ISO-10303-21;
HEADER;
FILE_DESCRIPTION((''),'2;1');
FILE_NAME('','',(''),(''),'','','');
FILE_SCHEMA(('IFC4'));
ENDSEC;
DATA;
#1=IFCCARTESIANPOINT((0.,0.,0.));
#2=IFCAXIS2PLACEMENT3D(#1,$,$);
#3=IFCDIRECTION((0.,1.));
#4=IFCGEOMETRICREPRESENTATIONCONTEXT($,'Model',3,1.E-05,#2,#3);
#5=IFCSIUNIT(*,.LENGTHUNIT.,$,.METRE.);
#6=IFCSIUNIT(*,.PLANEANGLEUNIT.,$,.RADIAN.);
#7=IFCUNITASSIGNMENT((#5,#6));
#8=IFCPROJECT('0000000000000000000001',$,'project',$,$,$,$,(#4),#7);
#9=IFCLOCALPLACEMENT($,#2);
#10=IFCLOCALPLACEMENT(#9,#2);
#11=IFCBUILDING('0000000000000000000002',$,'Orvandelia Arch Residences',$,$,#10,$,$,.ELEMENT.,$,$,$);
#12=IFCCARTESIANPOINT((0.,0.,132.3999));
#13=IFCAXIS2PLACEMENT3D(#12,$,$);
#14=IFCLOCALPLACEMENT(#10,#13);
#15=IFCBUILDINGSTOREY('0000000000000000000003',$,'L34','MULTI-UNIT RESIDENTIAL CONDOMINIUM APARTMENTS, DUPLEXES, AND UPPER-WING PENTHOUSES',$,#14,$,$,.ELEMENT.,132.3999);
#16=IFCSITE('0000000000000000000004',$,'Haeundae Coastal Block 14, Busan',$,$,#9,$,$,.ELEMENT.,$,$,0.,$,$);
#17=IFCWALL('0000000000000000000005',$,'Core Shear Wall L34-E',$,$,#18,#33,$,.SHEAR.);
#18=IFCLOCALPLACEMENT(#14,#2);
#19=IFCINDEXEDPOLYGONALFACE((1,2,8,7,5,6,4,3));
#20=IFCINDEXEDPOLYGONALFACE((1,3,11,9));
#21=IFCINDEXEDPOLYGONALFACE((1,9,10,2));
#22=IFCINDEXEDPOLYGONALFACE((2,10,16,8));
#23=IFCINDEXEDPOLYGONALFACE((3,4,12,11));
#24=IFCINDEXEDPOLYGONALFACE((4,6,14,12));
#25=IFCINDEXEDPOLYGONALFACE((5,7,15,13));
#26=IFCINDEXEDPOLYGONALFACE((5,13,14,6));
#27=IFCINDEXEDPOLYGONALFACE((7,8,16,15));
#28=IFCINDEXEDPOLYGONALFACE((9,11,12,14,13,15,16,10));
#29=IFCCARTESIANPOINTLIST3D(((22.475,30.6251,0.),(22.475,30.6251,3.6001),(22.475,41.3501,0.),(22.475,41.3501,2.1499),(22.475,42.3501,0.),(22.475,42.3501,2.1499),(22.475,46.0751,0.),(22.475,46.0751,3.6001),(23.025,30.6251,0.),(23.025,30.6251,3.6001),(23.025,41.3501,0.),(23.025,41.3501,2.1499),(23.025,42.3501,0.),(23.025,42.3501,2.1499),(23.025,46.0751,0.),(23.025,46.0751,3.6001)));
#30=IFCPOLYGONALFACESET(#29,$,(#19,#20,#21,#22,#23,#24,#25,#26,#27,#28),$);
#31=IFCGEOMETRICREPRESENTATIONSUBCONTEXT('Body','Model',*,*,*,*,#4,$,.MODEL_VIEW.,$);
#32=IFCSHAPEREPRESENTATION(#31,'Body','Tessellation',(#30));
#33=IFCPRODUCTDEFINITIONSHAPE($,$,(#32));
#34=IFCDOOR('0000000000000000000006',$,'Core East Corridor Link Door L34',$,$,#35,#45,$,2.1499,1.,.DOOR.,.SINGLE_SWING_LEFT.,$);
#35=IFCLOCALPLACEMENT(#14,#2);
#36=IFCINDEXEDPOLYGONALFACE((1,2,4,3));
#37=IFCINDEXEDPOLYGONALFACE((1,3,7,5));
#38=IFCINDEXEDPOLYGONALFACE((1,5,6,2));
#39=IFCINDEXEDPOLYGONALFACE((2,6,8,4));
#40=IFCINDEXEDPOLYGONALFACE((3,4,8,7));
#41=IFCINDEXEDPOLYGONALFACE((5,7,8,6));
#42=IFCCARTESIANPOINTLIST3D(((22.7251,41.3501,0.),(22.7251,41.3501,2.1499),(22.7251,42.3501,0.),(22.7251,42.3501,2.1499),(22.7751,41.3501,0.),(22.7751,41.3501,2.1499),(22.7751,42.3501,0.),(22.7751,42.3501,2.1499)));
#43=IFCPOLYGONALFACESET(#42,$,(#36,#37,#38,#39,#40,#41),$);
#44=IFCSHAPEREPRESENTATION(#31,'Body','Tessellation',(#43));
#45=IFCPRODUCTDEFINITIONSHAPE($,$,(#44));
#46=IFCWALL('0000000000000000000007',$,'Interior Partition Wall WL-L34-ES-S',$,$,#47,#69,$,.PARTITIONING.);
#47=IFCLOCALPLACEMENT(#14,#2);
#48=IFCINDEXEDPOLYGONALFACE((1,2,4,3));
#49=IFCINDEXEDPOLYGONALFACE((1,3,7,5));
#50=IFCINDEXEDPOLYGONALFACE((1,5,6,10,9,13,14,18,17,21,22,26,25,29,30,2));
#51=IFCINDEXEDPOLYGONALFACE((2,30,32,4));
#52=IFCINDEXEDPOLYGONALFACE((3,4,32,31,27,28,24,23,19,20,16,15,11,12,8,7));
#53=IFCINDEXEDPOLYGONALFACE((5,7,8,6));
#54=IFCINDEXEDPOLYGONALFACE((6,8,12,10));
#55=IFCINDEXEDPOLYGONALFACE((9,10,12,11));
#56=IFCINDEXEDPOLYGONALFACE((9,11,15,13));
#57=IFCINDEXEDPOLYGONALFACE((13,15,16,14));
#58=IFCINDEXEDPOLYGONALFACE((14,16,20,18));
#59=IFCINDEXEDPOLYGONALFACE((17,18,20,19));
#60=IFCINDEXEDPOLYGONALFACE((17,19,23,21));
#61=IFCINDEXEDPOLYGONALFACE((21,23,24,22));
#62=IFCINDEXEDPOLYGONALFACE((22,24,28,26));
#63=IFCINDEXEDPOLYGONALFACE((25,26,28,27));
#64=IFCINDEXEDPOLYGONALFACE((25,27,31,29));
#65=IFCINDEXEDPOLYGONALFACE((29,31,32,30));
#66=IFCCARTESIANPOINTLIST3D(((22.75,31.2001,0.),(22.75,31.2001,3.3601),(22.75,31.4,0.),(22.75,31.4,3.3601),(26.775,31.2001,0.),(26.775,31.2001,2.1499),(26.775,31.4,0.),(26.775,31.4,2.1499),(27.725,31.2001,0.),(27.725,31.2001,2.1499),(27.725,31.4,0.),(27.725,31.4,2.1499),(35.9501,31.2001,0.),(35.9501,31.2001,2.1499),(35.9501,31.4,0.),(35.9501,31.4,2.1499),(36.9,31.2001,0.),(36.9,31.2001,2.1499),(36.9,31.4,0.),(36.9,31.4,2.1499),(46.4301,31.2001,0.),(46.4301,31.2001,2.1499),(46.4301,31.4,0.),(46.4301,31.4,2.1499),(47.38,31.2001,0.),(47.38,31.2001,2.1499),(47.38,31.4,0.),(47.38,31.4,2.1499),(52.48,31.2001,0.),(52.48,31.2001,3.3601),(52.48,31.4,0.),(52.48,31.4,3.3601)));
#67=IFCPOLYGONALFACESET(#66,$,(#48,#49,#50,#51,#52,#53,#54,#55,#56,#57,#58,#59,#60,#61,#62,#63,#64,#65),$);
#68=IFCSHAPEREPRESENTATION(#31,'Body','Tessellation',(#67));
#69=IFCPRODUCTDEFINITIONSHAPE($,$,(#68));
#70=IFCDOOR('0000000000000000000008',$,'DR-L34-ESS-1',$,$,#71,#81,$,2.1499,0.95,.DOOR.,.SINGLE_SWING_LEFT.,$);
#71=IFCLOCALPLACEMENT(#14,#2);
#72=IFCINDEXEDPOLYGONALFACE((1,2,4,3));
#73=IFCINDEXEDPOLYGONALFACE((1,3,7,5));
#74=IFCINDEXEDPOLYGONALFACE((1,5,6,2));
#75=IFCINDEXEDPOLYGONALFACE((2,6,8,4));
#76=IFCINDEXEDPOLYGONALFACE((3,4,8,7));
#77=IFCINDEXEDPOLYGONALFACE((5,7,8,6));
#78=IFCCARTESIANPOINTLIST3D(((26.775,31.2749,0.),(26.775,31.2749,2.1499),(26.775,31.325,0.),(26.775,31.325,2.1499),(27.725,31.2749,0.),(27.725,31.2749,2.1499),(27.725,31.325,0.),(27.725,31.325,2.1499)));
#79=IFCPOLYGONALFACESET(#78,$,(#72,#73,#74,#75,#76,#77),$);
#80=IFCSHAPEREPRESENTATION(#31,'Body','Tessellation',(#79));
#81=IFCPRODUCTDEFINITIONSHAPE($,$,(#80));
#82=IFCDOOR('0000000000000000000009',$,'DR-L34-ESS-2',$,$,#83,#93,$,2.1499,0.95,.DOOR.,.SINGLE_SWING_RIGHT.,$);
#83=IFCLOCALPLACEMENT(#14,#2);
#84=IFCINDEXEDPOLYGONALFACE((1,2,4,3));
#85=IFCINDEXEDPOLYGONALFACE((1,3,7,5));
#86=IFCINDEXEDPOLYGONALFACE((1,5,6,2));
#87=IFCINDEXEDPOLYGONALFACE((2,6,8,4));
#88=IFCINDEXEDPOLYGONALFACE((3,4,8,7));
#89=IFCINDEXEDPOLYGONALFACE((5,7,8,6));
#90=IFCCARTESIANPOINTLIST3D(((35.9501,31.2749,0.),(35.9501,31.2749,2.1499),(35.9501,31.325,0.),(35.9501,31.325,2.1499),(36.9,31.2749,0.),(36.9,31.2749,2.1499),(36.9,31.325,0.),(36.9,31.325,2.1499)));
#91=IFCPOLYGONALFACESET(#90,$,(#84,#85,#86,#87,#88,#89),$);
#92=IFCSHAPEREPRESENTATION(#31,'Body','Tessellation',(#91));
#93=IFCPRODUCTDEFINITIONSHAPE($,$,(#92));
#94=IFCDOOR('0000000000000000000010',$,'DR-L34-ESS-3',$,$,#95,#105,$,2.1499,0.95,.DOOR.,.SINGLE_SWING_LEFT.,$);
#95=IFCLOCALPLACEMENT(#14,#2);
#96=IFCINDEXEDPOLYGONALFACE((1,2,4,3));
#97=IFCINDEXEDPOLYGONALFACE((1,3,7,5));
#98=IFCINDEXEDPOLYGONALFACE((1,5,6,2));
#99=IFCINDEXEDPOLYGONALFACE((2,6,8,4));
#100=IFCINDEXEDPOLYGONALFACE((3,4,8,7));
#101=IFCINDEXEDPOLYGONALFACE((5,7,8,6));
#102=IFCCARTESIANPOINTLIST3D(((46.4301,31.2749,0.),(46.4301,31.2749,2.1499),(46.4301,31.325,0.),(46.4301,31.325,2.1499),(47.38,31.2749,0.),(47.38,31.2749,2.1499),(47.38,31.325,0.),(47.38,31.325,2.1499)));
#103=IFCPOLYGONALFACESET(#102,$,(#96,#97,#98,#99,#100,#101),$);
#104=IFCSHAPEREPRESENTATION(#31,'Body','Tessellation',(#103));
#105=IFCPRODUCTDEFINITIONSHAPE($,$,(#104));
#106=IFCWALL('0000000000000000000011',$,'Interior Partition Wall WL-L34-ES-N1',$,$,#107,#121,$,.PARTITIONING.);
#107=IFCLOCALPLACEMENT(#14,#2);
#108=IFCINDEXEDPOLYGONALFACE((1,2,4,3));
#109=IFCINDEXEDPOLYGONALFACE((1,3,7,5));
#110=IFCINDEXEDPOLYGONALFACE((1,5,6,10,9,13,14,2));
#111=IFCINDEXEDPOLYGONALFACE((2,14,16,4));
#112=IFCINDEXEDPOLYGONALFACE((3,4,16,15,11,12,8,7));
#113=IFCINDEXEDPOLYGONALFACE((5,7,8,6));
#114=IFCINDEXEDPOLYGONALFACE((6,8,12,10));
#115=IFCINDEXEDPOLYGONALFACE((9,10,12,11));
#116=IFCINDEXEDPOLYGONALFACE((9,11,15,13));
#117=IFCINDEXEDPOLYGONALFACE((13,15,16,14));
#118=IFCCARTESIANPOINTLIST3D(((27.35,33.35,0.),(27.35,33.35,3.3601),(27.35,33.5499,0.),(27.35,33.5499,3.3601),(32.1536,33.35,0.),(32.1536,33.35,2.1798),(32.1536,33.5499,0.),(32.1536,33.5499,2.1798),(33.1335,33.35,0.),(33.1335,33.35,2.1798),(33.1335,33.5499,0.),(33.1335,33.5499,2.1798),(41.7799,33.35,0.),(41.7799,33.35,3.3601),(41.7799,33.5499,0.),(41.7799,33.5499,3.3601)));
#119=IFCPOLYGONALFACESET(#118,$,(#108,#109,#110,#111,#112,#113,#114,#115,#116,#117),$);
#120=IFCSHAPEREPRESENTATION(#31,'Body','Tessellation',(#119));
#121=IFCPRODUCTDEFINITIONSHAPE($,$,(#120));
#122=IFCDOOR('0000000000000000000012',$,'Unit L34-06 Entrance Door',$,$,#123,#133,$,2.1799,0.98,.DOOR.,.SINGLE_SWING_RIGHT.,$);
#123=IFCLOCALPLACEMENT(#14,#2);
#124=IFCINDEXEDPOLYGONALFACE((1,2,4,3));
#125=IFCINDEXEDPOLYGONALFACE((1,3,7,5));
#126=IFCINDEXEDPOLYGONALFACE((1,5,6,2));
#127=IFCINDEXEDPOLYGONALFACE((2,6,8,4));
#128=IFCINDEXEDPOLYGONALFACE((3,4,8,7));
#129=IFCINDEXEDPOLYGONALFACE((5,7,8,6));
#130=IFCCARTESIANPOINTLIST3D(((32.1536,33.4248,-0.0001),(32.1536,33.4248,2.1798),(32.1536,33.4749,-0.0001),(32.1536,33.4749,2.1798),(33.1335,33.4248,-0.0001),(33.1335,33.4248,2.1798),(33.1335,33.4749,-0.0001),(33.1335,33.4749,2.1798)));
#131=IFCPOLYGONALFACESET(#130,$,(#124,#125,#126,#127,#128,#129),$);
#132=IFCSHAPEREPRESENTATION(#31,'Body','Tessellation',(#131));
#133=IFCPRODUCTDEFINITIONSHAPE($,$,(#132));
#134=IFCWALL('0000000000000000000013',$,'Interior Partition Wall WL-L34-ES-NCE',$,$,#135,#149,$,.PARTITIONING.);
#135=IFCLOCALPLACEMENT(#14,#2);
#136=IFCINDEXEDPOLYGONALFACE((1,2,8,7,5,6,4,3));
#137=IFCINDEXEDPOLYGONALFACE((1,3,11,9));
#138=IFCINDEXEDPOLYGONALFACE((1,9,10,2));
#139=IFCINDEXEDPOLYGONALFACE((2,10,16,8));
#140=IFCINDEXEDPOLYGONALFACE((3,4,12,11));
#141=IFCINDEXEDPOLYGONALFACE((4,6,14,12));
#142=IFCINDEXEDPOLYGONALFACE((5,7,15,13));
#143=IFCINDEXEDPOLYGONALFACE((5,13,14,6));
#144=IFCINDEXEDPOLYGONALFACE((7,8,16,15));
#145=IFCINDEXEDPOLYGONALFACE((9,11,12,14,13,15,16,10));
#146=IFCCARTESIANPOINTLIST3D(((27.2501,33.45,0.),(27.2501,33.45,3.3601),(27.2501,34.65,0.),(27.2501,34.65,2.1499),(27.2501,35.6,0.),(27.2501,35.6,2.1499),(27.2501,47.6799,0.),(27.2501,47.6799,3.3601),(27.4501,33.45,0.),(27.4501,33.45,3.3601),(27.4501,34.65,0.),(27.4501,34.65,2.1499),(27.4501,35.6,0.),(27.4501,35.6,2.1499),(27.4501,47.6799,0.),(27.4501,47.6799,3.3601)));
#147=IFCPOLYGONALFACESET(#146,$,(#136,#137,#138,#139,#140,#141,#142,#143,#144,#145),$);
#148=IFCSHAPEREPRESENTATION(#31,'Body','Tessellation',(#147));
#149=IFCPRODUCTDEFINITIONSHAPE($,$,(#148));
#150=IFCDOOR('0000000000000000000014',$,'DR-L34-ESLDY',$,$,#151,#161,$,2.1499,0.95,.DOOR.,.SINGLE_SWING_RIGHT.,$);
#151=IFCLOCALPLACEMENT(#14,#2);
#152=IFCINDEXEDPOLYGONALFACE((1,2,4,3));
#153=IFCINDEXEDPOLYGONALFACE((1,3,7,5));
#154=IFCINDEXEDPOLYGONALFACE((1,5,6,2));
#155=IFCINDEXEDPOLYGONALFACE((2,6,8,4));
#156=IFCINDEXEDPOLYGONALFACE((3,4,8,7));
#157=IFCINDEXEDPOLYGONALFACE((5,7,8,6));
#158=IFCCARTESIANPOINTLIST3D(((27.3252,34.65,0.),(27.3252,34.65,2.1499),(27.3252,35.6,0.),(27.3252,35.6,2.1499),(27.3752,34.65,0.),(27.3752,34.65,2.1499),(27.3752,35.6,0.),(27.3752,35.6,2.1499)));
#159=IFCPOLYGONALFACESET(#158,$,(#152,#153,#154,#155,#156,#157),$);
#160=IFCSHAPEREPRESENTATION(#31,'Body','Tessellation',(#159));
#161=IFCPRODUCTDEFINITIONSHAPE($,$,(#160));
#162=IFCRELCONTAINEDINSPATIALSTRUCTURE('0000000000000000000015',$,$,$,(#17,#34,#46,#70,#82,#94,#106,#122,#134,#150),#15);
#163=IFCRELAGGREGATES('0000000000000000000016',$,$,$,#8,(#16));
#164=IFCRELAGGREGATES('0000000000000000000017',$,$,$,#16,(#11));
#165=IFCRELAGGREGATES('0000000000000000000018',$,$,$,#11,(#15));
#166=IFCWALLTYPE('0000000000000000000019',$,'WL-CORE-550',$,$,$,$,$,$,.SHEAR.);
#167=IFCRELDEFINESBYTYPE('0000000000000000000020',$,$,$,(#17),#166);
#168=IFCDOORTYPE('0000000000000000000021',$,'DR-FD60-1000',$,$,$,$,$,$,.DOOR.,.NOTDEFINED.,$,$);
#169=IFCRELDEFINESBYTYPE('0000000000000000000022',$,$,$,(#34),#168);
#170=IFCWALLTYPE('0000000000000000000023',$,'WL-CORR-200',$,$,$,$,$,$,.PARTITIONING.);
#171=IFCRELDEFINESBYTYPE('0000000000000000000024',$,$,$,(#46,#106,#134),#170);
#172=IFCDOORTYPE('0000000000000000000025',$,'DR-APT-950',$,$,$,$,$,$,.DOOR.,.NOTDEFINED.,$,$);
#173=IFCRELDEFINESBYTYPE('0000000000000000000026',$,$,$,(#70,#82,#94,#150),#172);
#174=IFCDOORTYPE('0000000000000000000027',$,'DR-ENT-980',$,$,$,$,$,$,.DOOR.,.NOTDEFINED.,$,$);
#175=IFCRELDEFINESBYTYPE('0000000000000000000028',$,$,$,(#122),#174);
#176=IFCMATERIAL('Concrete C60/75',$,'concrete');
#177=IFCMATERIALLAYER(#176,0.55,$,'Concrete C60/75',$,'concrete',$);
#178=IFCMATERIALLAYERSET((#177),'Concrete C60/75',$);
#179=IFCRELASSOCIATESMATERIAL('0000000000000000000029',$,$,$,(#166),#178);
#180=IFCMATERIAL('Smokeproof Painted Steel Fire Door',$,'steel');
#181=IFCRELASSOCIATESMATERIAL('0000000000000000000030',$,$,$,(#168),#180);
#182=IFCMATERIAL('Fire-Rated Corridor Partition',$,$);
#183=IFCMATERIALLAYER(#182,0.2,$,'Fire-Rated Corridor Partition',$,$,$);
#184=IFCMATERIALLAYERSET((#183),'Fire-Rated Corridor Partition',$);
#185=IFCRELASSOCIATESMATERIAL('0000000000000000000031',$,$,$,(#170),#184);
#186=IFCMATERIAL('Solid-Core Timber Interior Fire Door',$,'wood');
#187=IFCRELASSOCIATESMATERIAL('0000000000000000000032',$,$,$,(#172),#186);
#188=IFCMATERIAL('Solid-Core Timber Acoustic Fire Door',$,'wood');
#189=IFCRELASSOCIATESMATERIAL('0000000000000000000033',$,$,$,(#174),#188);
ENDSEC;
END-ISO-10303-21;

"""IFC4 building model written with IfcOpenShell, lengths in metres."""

from ifc_helpers import new_model, si_unit, direction, frame, frame_2d, origin, place, context, subcontext, project, spatial, rectangle, extrude, material, layer, layer_set, type_object, element, fill, save


model = new_model("IFC4")

# Units and contexts
model_context = context("Model", 3, precision=1e-05, world=origin(), true_north=direction((0.0, 1.0)))
body_context = subcontext(model_context, "Body", "Model", "MODEL_VIEW")
ifc_project = project(units=[si_unit("LENGTHUNIT", "METRE"), si_unit("PLANEANGLEUNIT", "RADIAN")], contexts=[model_context])

# Site, building, storey
site_placement = place(None, origin())
site = spatial("IfcSite", under=ifc_project, at=site_placement, Name="Haeundae Coastal Block 14, Busan", CompositionType="ELEMENT", RefElevation=0.0)
building_placement = place(site_placement, origin())
building = spatial("IfcBuilding", under=site, at=building_placement, Name="Orvandelia Arch Residences", CompositionType="ELEMENT")
storey_placement = place(building_placement, frame((0.0, 0.0, 132.3999)))
storey = spatial("IfcBuildingStorey", under=building, at=storey_placement, Name="L34", Description="MULTI-UNIT RESIDENTIAL CONDOMINIUM APARTMENTS, DUPLEXES, AND UPPER-WING PENTHOUSES", CompositionType="ELEMENT", Elevation=132.3999)

# Shared definitions
ifc_material_1 = material(Name="Concrete C60/75", Category="concrete")

# Wall, opening, door
ifc_layer_1 = layer(ifc_material_1, 0.55, Name="Concrete C60/75", Category="concrete")
ifc_layer_set_1 = layer_set([ifc_layer_1], Name="Concrete C60/75")
wall_type_1 = type_object("IfcWallType", Name="WL-CORE-550", PredefinedType="SHEAR", material=ifc_layer_set_1)
wall_1_placement = place(storey_placement, frame((22.75, 30.625, 0.0), z_axis=(0.0, 0.0, 1.0), x_axis=(0.0, 1.0, 0.0)))
wall_1 = element("IfcWall", 1, at=wall_1_placement, inside=storey, type_object=wall_type_1, Name="Core Shear Wall L34-E", PredefinedType="SHEAR", context=body_context, shape_type="SweptSolid", body=[
    extrude(rectangle(XDim=15.45, YDim=0.55, at=frame_2d((7.7251, 0.0))), origin(), (0.0, 0.0, 1.0), 3.6001),
])
opening_1_placement = place(wall_1_placement, frame((10.7251, 0.0, 0.0)))
opening_1 = element("IfcOpeningElement", 2, at=opening_1_placement, cuts=wall_1, PredefinedType="OPENING", context=body_context, shape_type="SweptSolid", body=[
    extrude(rectangle(XDim=1.0, YDim=2.1499, at=frame_2d((0.5, 1.075))), frame((0.0, 0.2852, 0.0), z_axis=(0.0, -1.0, 0.0), x_axis=(1.0, 0.0, 0.0)), (0.0, 0.0, 1.0), 0.5701),
])
ifc_material_2 = material(Name="Smokeproof Painted Steel Fire Door", Category="steel")
door_type_1 = type_object("IfcDoorType", Name="DR-FD60-1000", OperationType="NOTDEFINED", PredefinedType="DOOR", material=ifc_material_2)
door_1_placement = place(opening_1_placement, origin())
door_1 = element("IfcDoor", 3, at=door_1_placement, inside=storey, type_object=door_type_1, Name="Core East Corridor Link Door L34", OperationType="SINGLE_SWING_LEFT", OverallHeight=2.1499, OverallWidth=1.0, PredefinedType="DOOR", context=body_context, shape_type="SweptSolid", body=[
    extrude(rectangle(XDim=1.0, YDim=2.1499, at=frame_2d((0.5, 1.075))), frame((0.0, 0.0249, 0.0), z_axis=(0.0, -1.0, 0.0), x_axis=(1.0, 0.0, 0.0)), (0.0, 0.0, 1.0), 0.05),
])
fill(opening_1, door_1)

# Wall, openings, doors
ifc_material_3 = material(Name="Fire-Rated Corridor Partition")
ifc_layer_2 = layer(ifc_material_3, 0.2, Name="Fire-Rated Corridor Partition")
ifc_layer_set_2 = layer_set([ifc_layer_2], Name="Fire-Rated Corridor Partition")
wall_type_2 = type_object("IfcWallType", Name="WL-CORR-200", PredefinedType="PARTITIONING", material=ifc_layer_set_2)
wall_2_placement = place(storey_placement, frame((22.75, 31.3, 0.0), z_axis=(0.0, 0.0, 1.0), x_axis=(1.0, 0.0, 0.0)))
wall_2 = element("IfcWall", 4, at=wall_2_placement, inside=storey, type_object=wall_type_2, Name="Interior Partition Wall WL-L34-ES-S", PredefinedType="PARTITIONING", context=body_context, shape_type="SweptSolid", body=[
    extrude(rectangle(XDim=29.73, YDim=0.2, at=frame_2d((14.865, 0.0))), origin(), (0.0, 0.0, 1.0), 3.3601),
])
opening_2_placement = place(wall_2_placement, frame((4.0249, 0.0, 0.0)))
opening_2 = element("IfcOpeningElement", 5, at=opening_2_placement, cuts=wall_2, PredefinedType="OPENING", context=body_context, shape_type="SweptSolid", body=[
    extrude(rectangle(XDim=0.95, YDim=2.1499, at=frame_2d((0.4751, 1.075))), frame((0.0, 0.1099, 0.0), z_axis=(0.0, -1.0, 0.0), x_axis=(1.0, 0.0, 0.0)), (0.0, 0.0, 1.0), 0.22),
])
opening_3_placement = place(wall_2_placement, frame((13.2, 0.0, 0.0)))
opening_3 = element("IfcOpeningElement", 6, at=opening_3_placement, cuts=wall_2, PredefinedType="OPENING", context=body_context, shape_type="SweptSolid", body=[
    extrude(rectangle(XDim=0.95, YDim=2.1499, at=frame_2d((0.4751, 1.075))), frame((0.0, 0.1099, 0.0), z_axis=(0.0, -1.0, 0.0), x_axis=(1.0, 0.0, 0.0)), (0.0, 0.0, 1.0), 0.22),
])
opening_4_placement = place(wall_2_placement, frame((23.6799, 0.0, 0.0)))
opening_4 = element("IfcOpeningElement", 7, at=opening_4_placement, cuts=wall_2, PredefinedType="OPENING", context=body_context, shape_type="SweptSolid", body=[
    extrude(rectangle(XDim=0.95, YDim=2.1499, at=frame_2d((0.4751, 1.075))), frame((0.0, 0.1099, 0.0), z_axis=(0.0, -1.0, 0.0), x_axis=(1.0, 0.0, 0.0)), (0.0, 0.0, 1.0), 0.22),
])
ifc_material_4 = material(Name="Solid-Core Timber Interior Fire Door", Category="wood")
door_type_2 = type_object("IfcDoorType", Name="DR-APT-950", OperationType="NOTDEFINED", PredefinedType="DOOR", material=ifc_material_4)
door_2_placement = place(opening_2_placement, origin())
door_2 = element("IfcDoor", 8, at=door_2_placement, inside=storey, type_object=door_type_2, Name="DR-L34-ESS-1", OperationType="SINGLE_SWING_LEFT", OverallHeight=2.1499, OverallWidth=0.95, PredefinedType="DOOR", context=body_context, shape_type="SweptSolid", body=[
    extrude(rectangle(XDim=0.95, YDim=2.1499, at=frame_2d((0.4751, 1.075))), frame((0.0, 0.0249, 0.0), z_axis=(0.0, -1.0, 0.0), x_axis=(1.0, 0.0, 0.0)), (0.0, 0.0, 1.0), 0.05),
])
fill(opening_2, door_2)
door_3_placement = place(opening_3_placement, origin())
door_3 = element("IfcDoor", 9, at=door_3_placement, inside=storey, type_object=door_type_2, Name="DR-L34-ESS-2", OperationType="SINGLE_SWING_RIGHT", OverallHeight=2.1499, OverallWidth=0.95, PredefinedType="DOOR", context=body_context, shape_type="SweptSolid", body=[
    extrude(rectangle(XDim=0.95, YDim=2.1499, at=frame_2d((0.4751, 1.075))), frame((0.0, 0.0249, 0.0), z_axis=(0.0, -1.0, 0.0), x_axis=(1.0, 0.0, 0.0)), (0.0, 0.0, 1.0), 0.05),
])
fill(opening_3, door_3)
door_4_placement = place(opening_4_placement, origin())
door_4 = element("IfcDoor", 10, at=door_4_placement, inside=storey, type_object=door_type_2, Name="DR-L34-ESS-3", OperationType="SINGLE_SWING_LEFT", OverallHeight=2.1499, OverallWidth=0.95, PredefinedType="DOOR", context=body_context, shape_type="SweptSolid", body=[
    extrude(rectangle(XDim=0.95, YDim=2.1499, at=frame_2d((0.4751, 1.075))), frame((0.0, 0.0249, 0.0), z_axis=(0.0, -1.0, 0.0), x_axis=(1.0, 0.0, 0.0)), (0.0, 0.0, 1.0), 0.05),
])
fill(opening_4, door_4)

# Walls, openings, doors
wall_3_placement = place(storey_placement, frame((27.3501, 33.45, 0.0), z_axis=(0.0, 0.0, 1.0), x_axis=(1.0, 0.0, 0.0)))
wall_3 = element("IfcWall", 11, at=wall_3_placement, inside=storey, type_object=wall_type_2, Name="Interior Partition Wall WL-L34-ES-N1", PredefinedType="PARTITIONING", context=body_context, shape_type="SweptSolid", body=[
    extrude(rectangle(XDim=14.4299, YDim=0.2, at=frame_2d((7.2148, 0.0))), origin(), (0.0, 0.0, 1.0), 3.3601),
])
opening_5_placement = place(wall_3_placement, frame((4.8035, 0.0, 0.0)))
opening_5 = element("IfcOpeningElement", 12, at=opening_5_placement, cuts=wall_3, PredefinedType="OPENING", context=body_context, shape_type="SweptSolid", body=[
    extrude(rectangle(XDim=0.98, YDim=2.1799, at=frame_2d((0.49, 1.0898))), frame((0.0, 0.1099, 0.0), z_axis=(0.0, -1.0, 0.0), x_axis=(1.0, 0.0, 0.0)), (0.0, 0.0, 1.0), 0.22),
])
ifc_material_5 = material(Name="Solid-Core Timber Acoustic Fire Door", Category="wood")
door_type_3 = type_object("IfcDoorType", Name="DR-ENT-980", OperationType="NOTDEFINED", PredefinedType="DOOR", material=ifc_material_5)
door_5_placement = place(opening_5_placement, origin())
door_5 = element("IfcDoor", 13, at=door_5_placement, inside=storey, type_object=door_type_3, Name="Unit L34-06 Entrance Door", OperationType="SINGLE_SWING_RIGHT", OverallHeight=2.1799, OverallWidth=0.98, PredefinedType="DOOR", context=body_context, shape_type="SweptSolid", body=[
    extrude(rectangle(XDim=0.98, YDim=2.1799, at=frame_2d((0.49, 1.0898))), frame((0.0, 0.0249, 0.0), z_axis=(0.0, -1.0, 0.0), x_axis=(1.0, 0.0, 0.0)), (0.0, 0.0, 1.0), 0.05),
])
fill(opening_5, door_5)
wall_4_placement = place(storey_placement, frame((27.3501, 33.45, 0.0), z_axis=(0.0, 0.0, 1.0), x_axis=(0.0, 1.0, 0.0)))
wall_4 = element("IfcWall", 14, at=wall_4_placement, inside=storey, type_object=wall_type_2, Name="Interior Partition Wall WL-L34-ES-NCE", PredefinedType="PARTITIONING", context=body_context, shape_type="SweptSolid", body=[
    extrude(rectangle(XDim=14.23, YDim=0.2, at=frame_2d((7.115, 0.0))), origin(), (0.0, 0.0, 1.0), 3.3601),
])
opening_6_placement = place(wall_4_placement, frame((1.2, 0.0, 0.0)))
opening_6 = element("IfcOpeningElement", 15, at=opening_6_placement, cuts=wall_4, PredefinedType="OPENING", context=body_context, shape_type="SweptSolid", body=[
    extrude(rectangle(XDim=0.95, YDim=2.1499, at=frame_2d((0.4751, 1.075))), frame((0.0, 0.1099, 0.0), z_axis=(0.0, -1.0, 0.0), x_axis=(1.0, 0.0, 0.0)), (0.0, 0.0, 1.0), 0.22),
])
door_6_placement = place(opening_6_placement, origin())
door_6 = element("IfcDoor", 16, at=door_6_placement, inside=storey, type_object=door_type_2, Name="DR-L34-ESLDY", OperationType="SINGLE_SWING_RIGHT", OverallHeight=2.1499, OverallWidth=0.95, PredefinedType="DOOR", context=body_context, shape_type="SweptSolid", body=[
    extrude(rectangle(XDim=0.95, YDim=2.1499, at=frame_2d((0.4751, 1.075))), frame((0.0, 0.0249, 0.0), z_axis=(0.0, -1.0, 0.0), x_axis=(1.0, 0.0, 0.0)), (0.0, 0.0, 1.0), 0.05),
])
fill(opening_6, door_6)

save(model, "model.ifc")
